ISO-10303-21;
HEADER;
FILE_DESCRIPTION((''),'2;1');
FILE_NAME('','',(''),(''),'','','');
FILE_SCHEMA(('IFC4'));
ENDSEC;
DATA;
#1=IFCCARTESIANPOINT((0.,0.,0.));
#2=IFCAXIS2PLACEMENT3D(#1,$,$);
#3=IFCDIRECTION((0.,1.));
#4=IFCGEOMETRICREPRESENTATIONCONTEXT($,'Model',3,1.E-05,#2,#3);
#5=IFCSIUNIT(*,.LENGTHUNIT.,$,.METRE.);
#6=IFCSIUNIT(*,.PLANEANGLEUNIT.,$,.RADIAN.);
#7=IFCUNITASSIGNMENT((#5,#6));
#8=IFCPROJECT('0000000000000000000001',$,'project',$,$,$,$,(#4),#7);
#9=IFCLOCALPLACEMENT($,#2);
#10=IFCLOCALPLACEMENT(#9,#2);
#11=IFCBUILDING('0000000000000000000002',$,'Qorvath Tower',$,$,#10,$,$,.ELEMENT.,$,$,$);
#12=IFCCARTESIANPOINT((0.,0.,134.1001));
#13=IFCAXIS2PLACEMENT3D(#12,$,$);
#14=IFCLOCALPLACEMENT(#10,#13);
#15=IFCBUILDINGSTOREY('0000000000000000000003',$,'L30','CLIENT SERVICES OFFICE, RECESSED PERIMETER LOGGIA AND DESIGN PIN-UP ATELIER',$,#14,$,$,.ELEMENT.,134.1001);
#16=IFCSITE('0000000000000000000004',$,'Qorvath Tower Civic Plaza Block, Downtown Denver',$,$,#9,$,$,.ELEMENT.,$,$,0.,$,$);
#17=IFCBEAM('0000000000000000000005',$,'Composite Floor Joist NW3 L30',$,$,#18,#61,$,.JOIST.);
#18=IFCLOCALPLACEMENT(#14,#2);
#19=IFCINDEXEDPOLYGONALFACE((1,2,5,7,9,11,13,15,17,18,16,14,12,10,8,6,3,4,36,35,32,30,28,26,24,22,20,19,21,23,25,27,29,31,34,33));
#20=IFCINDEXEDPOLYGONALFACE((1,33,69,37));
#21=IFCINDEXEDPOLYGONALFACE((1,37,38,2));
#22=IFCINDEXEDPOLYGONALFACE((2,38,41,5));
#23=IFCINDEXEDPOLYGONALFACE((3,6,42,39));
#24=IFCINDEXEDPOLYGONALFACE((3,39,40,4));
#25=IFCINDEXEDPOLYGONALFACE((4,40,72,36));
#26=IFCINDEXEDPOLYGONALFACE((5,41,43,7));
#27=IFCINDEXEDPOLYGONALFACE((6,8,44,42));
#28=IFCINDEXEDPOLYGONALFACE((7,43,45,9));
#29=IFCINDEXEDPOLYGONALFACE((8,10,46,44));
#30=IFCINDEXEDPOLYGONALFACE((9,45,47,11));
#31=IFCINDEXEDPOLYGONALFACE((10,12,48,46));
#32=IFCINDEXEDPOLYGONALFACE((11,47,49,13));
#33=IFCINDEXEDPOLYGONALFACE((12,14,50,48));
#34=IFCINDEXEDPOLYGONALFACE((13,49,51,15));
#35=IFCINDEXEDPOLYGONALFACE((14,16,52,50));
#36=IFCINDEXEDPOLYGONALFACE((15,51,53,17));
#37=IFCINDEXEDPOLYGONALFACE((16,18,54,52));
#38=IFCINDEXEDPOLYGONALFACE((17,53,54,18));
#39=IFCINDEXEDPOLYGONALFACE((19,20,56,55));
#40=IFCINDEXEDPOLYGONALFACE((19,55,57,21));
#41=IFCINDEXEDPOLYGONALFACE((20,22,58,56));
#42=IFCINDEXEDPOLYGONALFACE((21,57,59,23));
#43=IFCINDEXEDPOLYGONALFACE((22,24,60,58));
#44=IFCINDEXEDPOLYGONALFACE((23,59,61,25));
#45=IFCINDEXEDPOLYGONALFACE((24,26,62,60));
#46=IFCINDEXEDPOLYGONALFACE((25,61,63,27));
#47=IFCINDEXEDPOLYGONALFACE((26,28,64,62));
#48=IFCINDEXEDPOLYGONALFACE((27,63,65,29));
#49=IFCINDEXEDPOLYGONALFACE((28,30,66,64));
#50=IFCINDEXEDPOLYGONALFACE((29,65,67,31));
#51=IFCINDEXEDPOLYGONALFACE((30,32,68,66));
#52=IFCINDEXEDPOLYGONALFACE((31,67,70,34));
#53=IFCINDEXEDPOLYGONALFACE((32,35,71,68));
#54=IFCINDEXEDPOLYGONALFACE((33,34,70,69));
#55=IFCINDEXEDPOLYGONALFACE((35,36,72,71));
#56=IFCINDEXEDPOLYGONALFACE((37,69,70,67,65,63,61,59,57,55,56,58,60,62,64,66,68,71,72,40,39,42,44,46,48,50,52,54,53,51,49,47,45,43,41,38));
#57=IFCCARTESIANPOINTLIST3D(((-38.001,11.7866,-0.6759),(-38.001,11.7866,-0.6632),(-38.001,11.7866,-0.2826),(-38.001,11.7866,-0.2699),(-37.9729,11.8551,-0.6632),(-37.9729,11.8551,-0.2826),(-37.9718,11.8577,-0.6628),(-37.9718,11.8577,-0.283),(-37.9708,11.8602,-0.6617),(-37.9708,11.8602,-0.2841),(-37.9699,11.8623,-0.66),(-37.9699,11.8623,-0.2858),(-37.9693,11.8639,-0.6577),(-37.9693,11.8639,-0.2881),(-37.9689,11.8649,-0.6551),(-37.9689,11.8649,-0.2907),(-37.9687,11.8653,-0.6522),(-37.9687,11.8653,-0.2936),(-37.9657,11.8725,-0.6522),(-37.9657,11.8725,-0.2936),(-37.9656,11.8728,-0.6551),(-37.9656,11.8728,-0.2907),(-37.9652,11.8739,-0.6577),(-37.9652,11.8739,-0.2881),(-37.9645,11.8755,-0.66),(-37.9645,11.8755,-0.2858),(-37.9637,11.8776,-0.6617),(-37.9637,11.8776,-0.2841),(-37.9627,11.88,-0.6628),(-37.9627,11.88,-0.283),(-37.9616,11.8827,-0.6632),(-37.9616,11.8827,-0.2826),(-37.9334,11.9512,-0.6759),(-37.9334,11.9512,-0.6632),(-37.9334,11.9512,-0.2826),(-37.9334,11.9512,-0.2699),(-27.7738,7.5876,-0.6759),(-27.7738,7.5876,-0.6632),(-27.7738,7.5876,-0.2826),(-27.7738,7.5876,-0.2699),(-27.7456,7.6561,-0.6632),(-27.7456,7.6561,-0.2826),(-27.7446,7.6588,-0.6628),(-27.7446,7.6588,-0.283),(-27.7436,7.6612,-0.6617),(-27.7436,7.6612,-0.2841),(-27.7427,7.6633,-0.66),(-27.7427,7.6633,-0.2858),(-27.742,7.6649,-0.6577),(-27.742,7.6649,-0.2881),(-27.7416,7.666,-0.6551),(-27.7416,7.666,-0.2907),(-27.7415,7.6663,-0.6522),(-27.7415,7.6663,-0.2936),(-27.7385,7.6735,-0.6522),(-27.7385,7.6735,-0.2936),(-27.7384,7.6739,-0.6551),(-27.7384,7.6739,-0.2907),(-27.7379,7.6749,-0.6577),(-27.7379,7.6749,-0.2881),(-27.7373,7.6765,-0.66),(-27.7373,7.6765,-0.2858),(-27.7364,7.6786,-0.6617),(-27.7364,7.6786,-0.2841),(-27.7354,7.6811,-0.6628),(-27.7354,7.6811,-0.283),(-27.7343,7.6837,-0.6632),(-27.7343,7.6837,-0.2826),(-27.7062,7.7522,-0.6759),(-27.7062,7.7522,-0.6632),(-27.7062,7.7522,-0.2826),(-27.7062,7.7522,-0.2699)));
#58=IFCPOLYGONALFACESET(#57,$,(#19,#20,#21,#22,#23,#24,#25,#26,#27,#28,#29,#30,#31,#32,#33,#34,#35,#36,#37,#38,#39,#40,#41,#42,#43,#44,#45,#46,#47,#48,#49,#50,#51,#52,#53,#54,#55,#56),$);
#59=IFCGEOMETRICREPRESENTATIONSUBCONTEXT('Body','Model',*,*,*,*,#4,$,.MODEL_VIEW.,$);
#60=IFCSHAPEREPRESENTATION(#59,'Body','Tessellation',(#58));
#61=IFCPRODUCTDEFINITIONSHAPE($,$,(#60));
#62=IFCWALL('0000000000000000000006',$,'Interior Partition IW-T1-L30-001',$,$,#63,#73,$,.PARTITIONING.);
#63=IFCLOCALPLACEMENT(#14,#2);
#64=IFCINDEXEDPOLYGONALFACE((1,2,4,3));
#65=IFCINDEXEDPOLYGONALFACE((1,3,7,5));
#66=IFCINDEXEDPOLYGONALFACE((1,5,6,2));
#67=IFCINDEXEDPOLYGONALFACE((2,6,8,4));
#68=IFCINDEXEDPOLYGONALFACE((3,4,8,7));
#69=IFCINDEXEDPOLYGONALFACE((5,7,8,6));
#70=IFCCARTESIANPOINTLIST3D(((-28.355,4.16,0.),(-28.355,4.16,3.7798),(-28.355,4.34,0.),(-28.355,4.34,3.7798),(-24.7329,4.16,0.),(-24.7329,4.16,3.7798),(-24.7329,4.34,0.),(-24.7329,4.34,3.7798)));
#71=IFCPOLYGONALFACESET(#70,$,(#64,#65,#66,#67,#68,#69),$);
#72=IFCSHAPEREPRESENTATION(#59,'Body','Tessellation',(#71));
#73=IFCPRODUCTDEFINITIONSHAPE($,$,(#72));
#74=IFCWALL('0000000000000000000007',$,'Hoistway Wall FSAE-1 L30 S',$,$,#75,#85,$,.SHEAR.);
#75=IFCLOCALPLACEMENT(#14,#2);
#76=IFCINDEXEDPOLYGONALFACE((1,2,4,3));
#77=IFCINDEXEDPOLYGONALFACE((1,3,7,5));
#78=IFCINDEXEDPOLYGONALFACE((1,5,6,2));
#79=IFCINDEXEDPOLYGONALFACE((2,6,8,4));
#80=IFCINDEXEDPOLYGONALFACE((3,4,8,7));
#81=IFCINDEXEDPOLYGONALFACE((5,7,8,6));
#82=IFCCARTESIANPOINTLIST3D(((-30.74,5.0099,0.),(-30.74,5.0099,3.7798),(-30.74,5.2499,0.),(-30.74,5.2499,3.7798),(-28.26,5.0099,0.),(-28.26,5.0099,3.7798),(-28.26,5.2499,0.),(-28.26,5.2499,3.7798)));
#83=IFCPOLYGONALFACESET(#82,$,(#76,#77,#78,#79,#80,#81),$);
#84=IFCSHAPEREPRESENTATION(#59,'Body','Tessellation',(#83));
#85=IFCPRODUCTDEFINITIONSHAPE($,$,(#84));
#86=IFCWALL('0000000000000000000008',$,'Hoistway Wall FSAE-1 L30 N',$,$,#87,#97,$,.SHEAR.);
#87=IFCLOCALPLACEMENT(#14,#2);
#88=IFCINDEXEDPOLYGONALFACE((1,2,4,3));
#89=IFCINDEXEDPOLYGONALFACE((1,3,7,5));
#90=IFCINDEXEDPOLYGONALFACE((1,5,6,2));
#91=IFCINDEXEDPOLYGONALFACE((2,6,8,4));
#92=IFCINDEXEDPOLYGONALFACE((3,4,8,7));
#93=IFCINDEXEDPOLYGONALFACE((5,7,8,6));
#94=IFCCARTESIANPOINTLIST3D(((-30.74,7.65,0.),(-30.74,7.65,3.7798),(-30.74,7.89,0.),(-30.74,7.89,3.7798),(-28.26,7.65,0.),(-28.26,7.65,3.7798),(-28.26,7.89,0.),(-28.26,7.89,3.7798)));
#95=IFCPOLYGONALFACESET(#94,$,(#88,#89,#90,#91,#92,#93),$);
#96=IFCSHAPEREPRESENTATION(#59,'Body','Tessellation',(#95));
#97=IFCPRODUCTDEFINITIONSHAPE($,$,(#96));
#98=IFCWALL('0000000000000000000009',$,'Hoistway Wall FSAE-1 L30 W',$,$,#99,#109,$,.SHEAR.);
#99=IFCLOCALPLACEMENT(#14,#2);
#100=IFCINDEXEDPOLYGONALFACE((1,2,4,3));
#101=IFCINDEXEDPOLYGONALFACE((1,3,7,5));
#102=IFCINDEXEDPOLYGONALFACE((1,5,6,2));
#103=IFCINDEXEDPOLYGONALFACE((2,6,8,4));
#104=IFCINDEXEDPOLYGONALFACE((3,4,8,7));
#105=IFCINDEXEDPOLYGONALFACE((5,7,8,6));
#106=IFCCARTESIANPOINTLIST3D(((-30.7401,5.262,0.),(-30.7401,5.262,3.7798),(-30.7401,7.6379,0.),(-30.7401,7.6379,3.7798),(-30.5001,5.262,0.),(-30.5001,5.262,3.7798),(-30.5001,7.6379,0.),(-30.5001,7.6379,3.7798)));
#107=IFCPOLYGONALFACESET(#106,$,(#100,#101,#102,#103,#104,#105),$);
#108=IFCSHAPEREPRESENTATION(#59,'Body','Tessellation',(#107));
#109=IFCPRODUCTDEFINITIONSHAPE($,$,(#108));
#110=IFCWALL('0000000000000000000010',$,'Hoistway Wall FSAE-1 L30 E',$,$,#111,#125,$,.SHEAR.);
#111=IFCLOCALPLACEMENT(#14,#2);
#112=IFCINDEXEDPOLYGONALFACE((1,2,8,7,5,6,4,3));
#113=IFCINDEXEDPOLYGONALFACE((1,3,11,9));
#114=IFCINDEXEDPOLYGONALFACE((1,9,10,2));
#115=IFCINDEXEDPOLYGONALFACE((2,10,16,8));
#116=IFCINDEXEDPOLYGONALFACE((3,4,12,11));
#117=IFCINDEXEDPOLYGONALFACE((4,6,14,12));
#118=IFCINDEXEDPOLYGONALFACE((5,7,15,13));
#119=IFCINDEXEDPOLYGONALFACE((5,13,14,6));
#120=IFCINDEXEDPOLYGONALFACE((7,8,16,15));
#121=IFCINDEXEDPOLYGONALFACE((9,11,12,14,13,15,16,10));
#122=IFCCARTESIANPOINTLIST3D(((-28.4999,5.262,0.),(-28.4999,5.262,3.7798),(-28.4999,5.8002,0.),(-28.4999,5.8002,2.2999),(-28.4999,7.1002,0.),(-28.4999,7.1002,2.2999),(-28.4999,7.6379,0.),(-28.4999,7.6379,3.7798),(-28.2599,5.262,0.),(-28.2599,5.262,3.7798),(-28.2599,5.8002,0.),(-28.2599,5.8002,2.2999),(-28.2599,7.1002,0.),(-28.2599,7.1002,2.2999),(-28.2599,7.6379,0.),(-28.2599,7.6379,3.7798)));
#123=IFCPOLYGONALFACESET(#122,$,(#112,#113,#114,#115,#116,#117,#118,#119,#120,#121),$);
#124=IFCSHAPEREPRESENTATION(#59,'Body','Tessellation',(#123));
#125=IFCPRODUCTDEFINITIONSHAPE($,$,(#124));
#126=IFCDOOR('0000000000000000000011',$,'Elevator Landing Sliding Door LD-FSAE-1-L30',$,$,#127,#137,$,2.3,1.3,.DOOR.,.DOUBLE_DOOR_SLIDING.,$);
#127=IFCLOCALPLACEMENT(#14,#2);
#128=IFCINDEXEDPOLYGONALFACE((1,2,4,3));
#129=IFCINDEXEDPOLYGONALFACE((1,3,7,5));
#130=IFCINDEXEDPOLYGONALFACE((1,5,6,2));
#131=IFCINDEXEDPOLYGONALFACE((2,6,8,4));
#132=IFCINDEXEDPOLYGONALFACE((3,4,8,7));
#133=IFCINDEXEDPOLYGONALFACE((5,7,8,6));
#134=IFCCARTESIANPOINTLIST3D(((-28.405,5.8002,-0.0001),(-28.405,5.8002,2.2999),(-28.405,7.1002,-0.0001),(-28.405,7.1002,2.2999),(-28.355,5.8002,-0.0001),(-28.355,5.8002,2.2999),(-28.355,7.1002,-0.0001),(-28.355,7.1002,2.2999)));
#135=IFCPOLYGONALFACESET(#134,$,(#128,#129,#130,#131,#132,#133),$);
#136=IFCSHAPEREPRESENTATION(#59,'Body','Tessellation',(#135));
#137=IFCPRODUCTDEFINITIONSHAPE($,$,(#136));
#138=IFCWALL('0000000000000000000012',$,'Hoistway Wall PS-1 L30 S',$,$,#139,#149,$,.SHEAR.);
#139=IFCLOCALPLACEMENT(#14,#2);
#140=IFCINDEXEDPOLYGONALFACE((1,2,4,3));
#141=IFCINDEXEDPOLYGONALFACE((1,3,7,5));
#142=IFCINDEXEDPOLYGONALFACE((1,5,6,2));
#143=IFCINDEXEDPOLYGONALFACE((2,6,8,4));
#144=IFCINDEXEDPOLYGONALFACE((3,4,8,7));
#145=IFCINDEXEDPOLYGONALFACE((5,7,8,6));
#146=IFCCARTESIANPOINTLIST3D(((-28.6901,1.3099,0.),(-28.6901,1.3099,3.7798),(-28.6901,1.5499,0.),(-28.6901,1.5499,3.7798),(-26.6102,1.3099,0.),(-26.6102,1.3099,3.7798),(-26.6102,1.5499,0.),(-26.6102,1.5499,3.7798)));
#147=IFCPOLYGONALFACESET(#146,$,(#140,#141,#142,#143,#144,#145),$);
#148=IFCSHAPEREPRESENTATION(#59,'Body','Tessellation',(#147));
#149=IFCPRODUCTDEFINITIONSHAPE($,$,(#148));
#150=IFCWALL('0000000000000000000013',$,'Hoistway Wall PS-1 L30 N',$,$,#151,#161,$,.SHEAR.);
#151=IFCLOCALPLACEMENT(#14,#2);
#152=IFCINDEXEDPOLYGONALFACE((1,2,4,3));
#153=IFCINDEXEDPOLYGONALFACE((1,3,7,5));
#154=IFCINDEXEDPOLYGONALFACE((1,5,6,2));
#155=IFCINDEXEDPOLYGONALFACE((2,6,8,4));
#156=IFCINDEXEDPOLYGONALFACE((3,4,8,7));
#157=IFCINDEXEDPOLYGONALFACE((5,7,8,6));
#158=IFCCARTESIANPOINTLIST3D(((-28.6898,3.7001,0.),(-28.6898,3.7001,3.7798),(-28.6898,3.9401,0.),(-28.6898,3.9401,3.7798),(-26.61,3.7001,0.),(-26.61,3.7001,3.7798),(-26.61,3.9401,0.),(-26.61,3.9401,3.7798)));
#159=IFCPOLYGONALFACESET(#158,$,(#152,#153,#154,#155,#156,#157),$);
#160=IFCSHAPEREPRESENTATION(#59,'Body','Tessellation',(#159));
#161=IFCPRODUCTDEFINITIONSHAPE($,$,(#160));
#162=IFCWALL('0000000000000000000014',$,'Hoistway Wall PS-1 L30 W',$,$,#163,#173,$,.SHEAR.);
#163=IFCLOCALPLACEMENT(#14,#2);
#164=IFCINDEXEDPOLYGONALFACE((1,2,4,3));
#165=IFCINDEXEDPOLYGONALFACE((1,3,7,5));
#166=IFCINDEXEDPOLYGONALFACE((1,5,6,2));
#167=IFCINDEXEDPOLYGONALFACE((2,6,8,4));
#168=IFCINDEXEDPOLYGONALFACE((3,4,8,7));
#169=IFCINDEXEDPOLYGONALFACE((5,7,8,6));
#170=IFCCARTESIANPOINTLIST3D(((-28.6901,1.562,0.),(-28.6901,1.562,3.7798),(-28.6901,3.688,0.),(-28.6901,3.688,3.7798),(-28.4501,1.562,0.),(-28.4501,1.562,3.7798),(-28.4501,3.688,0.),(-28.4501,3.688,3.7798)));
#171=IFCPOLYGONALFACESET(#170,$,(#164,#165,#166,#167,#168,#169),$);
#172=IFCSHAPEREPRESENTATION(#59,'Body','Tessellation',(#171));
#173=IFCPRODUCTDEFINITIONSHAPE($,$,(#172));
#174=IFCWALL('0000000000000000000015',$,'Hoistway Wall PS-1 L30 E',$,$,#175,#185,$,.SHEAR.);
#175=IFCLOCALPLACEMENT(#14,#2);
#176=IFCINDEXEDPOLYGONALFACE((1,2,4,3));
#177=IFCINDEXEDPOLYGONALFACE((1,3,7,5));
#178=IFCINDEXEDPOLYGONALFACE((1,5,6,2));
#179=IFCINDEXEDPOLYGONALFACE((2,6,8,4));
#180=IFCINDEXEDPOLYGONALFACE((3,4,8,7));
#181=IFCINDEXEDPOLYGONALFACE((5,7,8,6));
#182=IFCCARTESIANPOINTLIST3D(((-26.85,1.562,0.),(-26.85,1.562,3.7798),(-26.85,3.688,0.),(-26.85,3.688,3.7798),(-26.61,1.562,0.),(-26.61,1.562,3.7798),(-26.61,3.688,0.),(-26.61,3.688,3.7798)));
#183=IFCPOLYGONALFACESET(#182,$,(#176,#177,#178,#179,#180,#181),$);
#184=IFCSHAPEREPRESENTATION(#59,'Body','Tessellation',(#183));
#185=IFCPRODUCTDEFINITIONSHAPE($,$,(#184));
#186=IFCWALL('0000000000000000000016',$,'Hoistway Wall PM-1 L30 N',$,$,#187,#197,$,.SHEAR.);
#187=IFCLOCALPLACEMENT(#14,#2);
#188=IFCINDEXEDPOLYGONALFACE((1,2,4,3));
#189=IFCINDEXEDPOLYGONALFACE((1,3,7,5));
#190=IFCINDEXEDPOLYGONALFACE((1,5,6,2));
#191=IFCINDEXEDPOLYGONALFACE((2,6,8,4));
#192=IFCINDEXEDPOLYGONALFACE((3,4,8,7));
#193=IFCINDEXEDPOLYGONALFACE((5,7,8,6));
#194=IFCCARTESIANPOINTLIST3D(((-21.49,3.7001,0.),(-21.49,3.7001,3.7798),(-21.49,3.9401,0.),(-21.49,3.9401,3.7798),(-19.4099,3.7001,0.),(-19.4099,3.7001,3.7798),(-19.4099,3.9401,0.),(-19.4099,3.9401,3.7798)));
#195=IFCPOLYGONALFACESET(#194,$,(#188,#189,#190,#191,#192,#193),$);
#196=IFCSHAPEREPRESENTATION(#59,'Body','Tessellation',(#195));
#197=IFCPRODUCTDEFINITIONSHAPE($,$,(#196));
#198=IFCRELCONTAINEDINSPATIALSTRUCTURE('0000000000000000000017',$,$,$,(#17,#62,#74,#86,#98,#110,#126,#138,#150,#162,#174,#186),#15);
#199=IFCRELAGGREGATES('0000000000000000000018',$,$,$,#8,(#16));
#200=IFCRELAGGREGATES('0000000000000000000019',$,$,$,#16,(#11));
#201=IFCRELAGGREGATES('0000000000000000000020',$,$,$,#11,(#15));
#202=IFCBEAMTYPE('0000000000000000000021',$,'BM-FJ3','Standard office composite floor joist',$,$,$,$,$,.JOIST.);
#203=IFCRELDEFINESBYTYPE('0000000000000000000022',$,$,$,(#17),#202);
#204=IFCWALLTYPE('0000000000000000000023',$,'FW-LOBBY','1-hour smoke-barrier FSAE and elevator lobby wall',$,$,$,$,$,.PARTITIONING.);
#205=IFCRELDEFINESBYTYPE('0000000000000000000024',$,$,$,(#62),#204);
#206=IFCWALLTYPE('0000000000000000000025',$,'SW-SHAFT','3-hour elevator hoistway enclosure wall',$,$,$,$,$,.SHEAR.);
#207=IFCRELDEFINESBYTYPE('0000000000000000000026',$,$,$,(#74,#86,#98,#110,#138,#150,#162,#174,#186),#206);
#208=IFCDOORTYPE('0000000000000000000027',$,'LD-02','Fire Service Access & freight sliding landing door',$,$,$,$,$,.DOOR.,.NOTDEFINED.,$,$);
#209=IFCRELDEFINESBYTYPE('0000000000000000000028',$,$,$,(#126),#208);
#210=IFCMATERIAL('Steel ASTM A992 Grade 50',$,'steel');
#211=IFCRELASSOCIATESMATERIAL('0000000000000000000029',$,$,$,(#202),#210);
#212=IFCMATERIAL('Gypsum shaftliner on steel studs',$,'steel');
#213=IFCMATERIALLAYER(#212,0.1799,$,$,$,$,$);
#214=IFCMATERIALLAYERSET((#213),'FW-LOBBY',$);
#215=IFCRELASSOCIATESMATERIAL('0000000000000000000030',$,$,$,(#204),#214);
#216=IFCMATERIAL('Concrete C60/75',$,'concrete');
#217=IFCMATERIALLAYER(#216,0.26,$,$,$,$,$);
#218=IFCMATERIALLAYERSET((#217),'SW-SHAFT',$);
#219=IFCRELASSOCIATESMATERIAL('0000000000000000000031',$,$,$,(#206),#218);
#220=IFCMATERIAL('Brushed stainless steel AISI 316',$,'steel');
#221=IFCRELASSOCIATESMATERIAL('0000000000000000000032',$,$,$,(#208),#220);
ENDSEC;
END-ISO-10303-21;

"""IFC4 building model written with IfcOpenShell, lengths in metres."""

from ifc_helpers import new_model, si_unit, direction, frame, frame_2d, origin, origin_2d, place, context, subcontext, project, spatial, rectangle, i_section, extrude, material, layer, layer_set, material_profile, profile_set, type_object, element, fill, save


model = new_model("IFC4")

# Units and contexts
model_context = context("Model", 3, precision=1e-05, world=origin(), true_north=direction((0.0, 1.0)))
body_context = subcontext(model_context, "Body", "Model", "MODEL_VIEW")
ifc_project = project(units=[si_unit("LENGTHUNIT", "METRE"), si_unit("PLANEANGLEUNIT", "RADIAN")], contexts=[model_context])

# Site, building, storey
site_placement = place(None, origin())
site = spatial("IfcSite", under=ifc_project, at=site_placement, Name="Qorvath Tower Civic Plaza Block, Downtown Denver", CompositionType="ELEMENT", RefElevation=0.0)
building_placement = place(site_placement, origin())
building = spatial("IfcBuilding", under=site, at=building_placement, Name="Qorvath Tower", CompositionType="ELEMENT")
storey_placement = place(building_placement, frame((0.0, 0.0, 134.1001)))
storey = spatial("IfcBuildingStorey", under=building, at=storey_placement, Name="L30", Description="CLIENT SERVICES OFFICE, RECESSED PERIMETER LOGGIA AND DESIGN PIN-UP ATELIER", CompositionType="ELEMENT", Elevation=134.1001)

# Beam
ifc_material_1 = material(Name="Steel ASTM A992 Grade 50", Category="steel")
ifc_material_profile_1 = material_profile(ifc_material_1, i_section(OverallWidth=0.178, OverallDepth=0.406, WebThickness=0.0078, FlangeThickness=0.0127, FilletRadius=0.011, at=origin_2d()), Name="W16x40")
ifc_profile_set_1 = profile_set([ifc_material_profile_1], Name="Steel ASTM A992 Grade 50")
beam_type_1 = type_object("IfcBeamType", Name="BM-FJ3", Description="Standard office composite floor joist", PredefinedType="JOIST", material=ifc_profile_set_1)
beam_1_placement = place(storey_placement, frame((-27.74, 7.6699, -0.4729), z_axis=(-0.925068, 0.379801, 0.0), x_axis=(-0.379801, -0.925068, 0.0)))
element("IfcBeam", 1, at=beam_1_placement, inside=storey, type_object=beam_type_1, Name="Composite Floor Joist NW3 L30", PredefinedType="JOIST", context=body_context, shape_type="SweptSolid", body=[
    extrude(i_section(OverallWidth=0.178, OverallDepth=0.406, WebThickness=0.0078, FlangeThickness=0.0127, FilletRadius=0.011, at=origin_2d()), origin(), (0.0, 0.0, 1.0), 11.0557),
])

# Wall
ifc_material_2 = material(Name="Gypsum shaftliner on steel studs", Category="steel")
ifc_layer_1 = layer(ifc_material_2, 0.1799)
ifc_layer_set_1 = layer_set([ifc_layer_1], Name="FW-LOBBY")
wall_type_1 = type_object("IfcWallType", Name="FW-LOBBY", Description="1-hour smoke-barrier FSAE and elevator lobby wall", PredefinedType="PARTITIONING", material=ifc_layer_set_1)
wall_1_placement = place(storey_placement, frame((-28.355, 4.25, 0.0), z_axis=(0.0, 0.0, 1.0), x_axis=(1.0, 0.0, 0.0)))
element("IfcWall", 2, at=wall_1_placement, inside=storey, type_object=wall_type_1, Name="Interior Partition IW-T1-L30-001", PredefinedType="PARTITIONING", context=body_context, shape_type="SweptSolid", body=[
    extrude(rectangle(XDim=3.6221, YDim=0.1799, at=frame_2d((1.811, 0.0))), origin(), (0.0, 0.0, 1.0), 3.7798),
])

# Walls
ifc_material_3 = material(Name="Concrete C60/75", Category="concrete")
ifc_layer_2 = layer(ifc_material_3, 0.26)
ifc_layer_set_2 = layer_set([ifc_layer_2], Name="SW-SHAFT")
wall_type_2 = type_object("IfcWallType", Name="SW-SHAFT", Description="3-hour elevator hoistway enclosure wall", PredefinedType="SHEAR", material=ifc_layer_set_2)
for number, where, z_axis, x_axis, name in (
    (3, (-28.26, 5.1299, 0.0), (0.0, 0.0, 1.0), (-1.0, 0.0, 0.0), "Hoistway Wall FSAE-1 L30 S"),
    (4, (-30.74, 7.77, 0.0), (0.0, 0.0, 1.0), (1.0, 0.0, 0.0), "Hoistway Wall FSAE-1 L30 N"),
):
    element("IfcWall", number, at=place(storey_placement, frame(where, z_axis=z_axis, x_axis=x_axis)), inside=storey, type_object=wall_type_2, Name=name, PredefinedType="SHEAR", context=body_context, shape_type="SweptSolid", body=[
        extrude(rectangle(XDim=2.48, YDim=0.24, at=frame_2d((1.24, 0.0))), origin(), (0.0, 0.0, 1.0), 3.7798),
    ])
wall_2_placement = place(storey_placement, frame((-30.6201, 5.262, 0.0), z_axis=(0.0, 0.0, 1.0), x_axis=(0.0, 1.0, 0.0)))
element("IfcWall", 5, at=wall_2_placement, inside=storey, type_object=wall_type_2, Name="Hoistway Wall FSAE-1 L30 W", PredefinedType="SHEAR", context=body_context, shape_type="SweptSolid", body=[
    extrude(rectangle(XDim=2.376, YDim=0.24, at=frame_2d((1.188, 0.0))), origin(), (0.0, 0.0, 1.0), 3.7798),
])

# Wall, opening, door
wall_3_placement = place(storey_placement, frame((-28.3799, 7.6379, 0.0), z_axis=(0.0, 0.0, 1.0), x_axis=(0.0, -1.0, 0.0)))
wall_3 = element("IfcWall", 6, at=wall_3_placement, inside=storey, type_object=wall_type_2, Name="Hoistway Wall FSAE-1 L30 E", PredefinedType="SHEAR", context=body_context, shape_type="SweptSolid", body=[
    extrude(rectangle(XDim=2.376, YDim=0.24, at=frame_2d((1.188, 0.0))), origin(), (0.0, 0.0, 1.0), 3.7798),
])
opening_1_placement = place(wall_3_placement, frame((0.5378, 0.0, 0.0)))
opening_1 = element("IfcOpeningElement", 7, at=opening_1_placement, cuts=wall_3, PredefinedType="OPENING", context=body_context, shape_type="SweptSolid", body=[
    extrude(rectangle(XDim=1.3, YDim=2.3, at=frame_2d((0.6499, 1.1499))), frame((0.0, 0.1299, 0.0), z_axis=(0.0, -1.0, 0.0), x_axis=(1.0, 0.0, 0.0)), (0.0, 0.0, 1.0), 0.26),
])
ifc_material_4 = material(Name="Brushed stainless steel AISI 316", Category="steel")
door_type_1 = type_object("IfcDoorType", Name="LD-02", Description="Fire Service Access & freight sliding landing door", OperationType="NOTDEFINED", PredefinedType="DOOR", material=ifc_material_4)
door_1_placement = place(opening_1_placement, origin())
door_1 = element("IfcDoor", 8, at=door_1_placement, inside=storey, type_object=door_type_1, Name="Elevator Landing Sliding Door LD-FSAE-1-L30", OperationType="DOUBLE_DOOR_SLIDING", OverallHeight=2.3, OverallWidth=1.3, PredefinedType="DOOR", context=body_context, shape_type="SweptSolid", body=[
    extrude(rectangle(XDim=1.3, YDim=2.3, at=frame_2d((0.6499, 1.1499))), frame((0.0, 0.0249, 0.0), z_axis=(0.0, -1.0, 0.0), x_axis=(1.0, 0.0, 0.0)), (0.0, 0.0, 1.0), 0.05),
])
fill(opening_1, door_1)

# Walls
for number, where, z_axis, x_axis, name in (
    (9, (-26.6101, 1.4299, 0.0), (0.0, 0.0, 1.0), (-1.0, 0.0, 0.0), "Hoistway Wall PS-1 L30 S"),
    (10, (-28.6899, 3.8201, 0.0), (0.0, 0.0, 1.0), (1.0, 0.0, 0.0), "Hoistway Wall PS-1 L30 N"),
):
    element("IfcWall", number, at=place(storey_placement, frame(where, z_axis=z_axis, x_axis=x_axis)), inside=storey, type_object=wall_type_2, Name=name, PredefinedType="SHEAR", context=body_context, shape_type="SweptSolid", body=[
        extrude(rectangle(XDim=2.0798, YDim=0.24, at=frame_2d((1.04, 0.0))), origin(), (0.0, 0.0, 1.0), 3.7798),
    ])
for number, where, z_axis, x_axis, name in (
    (11, (-28.5701, 1.562, 0.0), (0.0, 0.0, 1.0), (0.0, 1.0, 0.0), "Hoistway Wall PS-1 L30 W"),
    (12, (-26.73, 3.688, 0.0), (0.0, 0.0, 1.0), (0.0, -1.0, 0.0), "Hoistway Wall PS-1 L30 E"),
):
    element("IfcWall", number, at=place(storey_placement, frame(where, z_axis=z_axis, x_axis=x_axis)), inside=storey, type_object=wall_type_2, Name=name, PredefinedType="SHEAR", context=body_context, shape_type="SweptSolid", body=[
        extrude(rectangle(XDim=2.126, YDim=0.24, at=frame_2d((1.063, 0.0))), origin(), (0.0, 0.0, 1.0), 3.7798),
    ])
wall_4_placement = place(storey_placement, frame((-21.49, 3.8201, 0.0), z_axis=(0.0, 0.0, 1.0), x_axis=(1.0, 0.0, 0.0)))
element("IfcWall", 13, at=wall_4_placement, inside=storey, type_object=wall_type_2, Name="Hoistway Wall PM-1 L30 N", PredefinedType="SHEAR", context=body_context, shape_type="SweptSolid", body=[
    extrude(rectangle(XDim=2.0801, YDim=0.24, at=frame_2d((1.04, 0.0))), origin(), (0.0, 0.0, 1.0), 3.7798),
])

save(model, "model.ifc")
